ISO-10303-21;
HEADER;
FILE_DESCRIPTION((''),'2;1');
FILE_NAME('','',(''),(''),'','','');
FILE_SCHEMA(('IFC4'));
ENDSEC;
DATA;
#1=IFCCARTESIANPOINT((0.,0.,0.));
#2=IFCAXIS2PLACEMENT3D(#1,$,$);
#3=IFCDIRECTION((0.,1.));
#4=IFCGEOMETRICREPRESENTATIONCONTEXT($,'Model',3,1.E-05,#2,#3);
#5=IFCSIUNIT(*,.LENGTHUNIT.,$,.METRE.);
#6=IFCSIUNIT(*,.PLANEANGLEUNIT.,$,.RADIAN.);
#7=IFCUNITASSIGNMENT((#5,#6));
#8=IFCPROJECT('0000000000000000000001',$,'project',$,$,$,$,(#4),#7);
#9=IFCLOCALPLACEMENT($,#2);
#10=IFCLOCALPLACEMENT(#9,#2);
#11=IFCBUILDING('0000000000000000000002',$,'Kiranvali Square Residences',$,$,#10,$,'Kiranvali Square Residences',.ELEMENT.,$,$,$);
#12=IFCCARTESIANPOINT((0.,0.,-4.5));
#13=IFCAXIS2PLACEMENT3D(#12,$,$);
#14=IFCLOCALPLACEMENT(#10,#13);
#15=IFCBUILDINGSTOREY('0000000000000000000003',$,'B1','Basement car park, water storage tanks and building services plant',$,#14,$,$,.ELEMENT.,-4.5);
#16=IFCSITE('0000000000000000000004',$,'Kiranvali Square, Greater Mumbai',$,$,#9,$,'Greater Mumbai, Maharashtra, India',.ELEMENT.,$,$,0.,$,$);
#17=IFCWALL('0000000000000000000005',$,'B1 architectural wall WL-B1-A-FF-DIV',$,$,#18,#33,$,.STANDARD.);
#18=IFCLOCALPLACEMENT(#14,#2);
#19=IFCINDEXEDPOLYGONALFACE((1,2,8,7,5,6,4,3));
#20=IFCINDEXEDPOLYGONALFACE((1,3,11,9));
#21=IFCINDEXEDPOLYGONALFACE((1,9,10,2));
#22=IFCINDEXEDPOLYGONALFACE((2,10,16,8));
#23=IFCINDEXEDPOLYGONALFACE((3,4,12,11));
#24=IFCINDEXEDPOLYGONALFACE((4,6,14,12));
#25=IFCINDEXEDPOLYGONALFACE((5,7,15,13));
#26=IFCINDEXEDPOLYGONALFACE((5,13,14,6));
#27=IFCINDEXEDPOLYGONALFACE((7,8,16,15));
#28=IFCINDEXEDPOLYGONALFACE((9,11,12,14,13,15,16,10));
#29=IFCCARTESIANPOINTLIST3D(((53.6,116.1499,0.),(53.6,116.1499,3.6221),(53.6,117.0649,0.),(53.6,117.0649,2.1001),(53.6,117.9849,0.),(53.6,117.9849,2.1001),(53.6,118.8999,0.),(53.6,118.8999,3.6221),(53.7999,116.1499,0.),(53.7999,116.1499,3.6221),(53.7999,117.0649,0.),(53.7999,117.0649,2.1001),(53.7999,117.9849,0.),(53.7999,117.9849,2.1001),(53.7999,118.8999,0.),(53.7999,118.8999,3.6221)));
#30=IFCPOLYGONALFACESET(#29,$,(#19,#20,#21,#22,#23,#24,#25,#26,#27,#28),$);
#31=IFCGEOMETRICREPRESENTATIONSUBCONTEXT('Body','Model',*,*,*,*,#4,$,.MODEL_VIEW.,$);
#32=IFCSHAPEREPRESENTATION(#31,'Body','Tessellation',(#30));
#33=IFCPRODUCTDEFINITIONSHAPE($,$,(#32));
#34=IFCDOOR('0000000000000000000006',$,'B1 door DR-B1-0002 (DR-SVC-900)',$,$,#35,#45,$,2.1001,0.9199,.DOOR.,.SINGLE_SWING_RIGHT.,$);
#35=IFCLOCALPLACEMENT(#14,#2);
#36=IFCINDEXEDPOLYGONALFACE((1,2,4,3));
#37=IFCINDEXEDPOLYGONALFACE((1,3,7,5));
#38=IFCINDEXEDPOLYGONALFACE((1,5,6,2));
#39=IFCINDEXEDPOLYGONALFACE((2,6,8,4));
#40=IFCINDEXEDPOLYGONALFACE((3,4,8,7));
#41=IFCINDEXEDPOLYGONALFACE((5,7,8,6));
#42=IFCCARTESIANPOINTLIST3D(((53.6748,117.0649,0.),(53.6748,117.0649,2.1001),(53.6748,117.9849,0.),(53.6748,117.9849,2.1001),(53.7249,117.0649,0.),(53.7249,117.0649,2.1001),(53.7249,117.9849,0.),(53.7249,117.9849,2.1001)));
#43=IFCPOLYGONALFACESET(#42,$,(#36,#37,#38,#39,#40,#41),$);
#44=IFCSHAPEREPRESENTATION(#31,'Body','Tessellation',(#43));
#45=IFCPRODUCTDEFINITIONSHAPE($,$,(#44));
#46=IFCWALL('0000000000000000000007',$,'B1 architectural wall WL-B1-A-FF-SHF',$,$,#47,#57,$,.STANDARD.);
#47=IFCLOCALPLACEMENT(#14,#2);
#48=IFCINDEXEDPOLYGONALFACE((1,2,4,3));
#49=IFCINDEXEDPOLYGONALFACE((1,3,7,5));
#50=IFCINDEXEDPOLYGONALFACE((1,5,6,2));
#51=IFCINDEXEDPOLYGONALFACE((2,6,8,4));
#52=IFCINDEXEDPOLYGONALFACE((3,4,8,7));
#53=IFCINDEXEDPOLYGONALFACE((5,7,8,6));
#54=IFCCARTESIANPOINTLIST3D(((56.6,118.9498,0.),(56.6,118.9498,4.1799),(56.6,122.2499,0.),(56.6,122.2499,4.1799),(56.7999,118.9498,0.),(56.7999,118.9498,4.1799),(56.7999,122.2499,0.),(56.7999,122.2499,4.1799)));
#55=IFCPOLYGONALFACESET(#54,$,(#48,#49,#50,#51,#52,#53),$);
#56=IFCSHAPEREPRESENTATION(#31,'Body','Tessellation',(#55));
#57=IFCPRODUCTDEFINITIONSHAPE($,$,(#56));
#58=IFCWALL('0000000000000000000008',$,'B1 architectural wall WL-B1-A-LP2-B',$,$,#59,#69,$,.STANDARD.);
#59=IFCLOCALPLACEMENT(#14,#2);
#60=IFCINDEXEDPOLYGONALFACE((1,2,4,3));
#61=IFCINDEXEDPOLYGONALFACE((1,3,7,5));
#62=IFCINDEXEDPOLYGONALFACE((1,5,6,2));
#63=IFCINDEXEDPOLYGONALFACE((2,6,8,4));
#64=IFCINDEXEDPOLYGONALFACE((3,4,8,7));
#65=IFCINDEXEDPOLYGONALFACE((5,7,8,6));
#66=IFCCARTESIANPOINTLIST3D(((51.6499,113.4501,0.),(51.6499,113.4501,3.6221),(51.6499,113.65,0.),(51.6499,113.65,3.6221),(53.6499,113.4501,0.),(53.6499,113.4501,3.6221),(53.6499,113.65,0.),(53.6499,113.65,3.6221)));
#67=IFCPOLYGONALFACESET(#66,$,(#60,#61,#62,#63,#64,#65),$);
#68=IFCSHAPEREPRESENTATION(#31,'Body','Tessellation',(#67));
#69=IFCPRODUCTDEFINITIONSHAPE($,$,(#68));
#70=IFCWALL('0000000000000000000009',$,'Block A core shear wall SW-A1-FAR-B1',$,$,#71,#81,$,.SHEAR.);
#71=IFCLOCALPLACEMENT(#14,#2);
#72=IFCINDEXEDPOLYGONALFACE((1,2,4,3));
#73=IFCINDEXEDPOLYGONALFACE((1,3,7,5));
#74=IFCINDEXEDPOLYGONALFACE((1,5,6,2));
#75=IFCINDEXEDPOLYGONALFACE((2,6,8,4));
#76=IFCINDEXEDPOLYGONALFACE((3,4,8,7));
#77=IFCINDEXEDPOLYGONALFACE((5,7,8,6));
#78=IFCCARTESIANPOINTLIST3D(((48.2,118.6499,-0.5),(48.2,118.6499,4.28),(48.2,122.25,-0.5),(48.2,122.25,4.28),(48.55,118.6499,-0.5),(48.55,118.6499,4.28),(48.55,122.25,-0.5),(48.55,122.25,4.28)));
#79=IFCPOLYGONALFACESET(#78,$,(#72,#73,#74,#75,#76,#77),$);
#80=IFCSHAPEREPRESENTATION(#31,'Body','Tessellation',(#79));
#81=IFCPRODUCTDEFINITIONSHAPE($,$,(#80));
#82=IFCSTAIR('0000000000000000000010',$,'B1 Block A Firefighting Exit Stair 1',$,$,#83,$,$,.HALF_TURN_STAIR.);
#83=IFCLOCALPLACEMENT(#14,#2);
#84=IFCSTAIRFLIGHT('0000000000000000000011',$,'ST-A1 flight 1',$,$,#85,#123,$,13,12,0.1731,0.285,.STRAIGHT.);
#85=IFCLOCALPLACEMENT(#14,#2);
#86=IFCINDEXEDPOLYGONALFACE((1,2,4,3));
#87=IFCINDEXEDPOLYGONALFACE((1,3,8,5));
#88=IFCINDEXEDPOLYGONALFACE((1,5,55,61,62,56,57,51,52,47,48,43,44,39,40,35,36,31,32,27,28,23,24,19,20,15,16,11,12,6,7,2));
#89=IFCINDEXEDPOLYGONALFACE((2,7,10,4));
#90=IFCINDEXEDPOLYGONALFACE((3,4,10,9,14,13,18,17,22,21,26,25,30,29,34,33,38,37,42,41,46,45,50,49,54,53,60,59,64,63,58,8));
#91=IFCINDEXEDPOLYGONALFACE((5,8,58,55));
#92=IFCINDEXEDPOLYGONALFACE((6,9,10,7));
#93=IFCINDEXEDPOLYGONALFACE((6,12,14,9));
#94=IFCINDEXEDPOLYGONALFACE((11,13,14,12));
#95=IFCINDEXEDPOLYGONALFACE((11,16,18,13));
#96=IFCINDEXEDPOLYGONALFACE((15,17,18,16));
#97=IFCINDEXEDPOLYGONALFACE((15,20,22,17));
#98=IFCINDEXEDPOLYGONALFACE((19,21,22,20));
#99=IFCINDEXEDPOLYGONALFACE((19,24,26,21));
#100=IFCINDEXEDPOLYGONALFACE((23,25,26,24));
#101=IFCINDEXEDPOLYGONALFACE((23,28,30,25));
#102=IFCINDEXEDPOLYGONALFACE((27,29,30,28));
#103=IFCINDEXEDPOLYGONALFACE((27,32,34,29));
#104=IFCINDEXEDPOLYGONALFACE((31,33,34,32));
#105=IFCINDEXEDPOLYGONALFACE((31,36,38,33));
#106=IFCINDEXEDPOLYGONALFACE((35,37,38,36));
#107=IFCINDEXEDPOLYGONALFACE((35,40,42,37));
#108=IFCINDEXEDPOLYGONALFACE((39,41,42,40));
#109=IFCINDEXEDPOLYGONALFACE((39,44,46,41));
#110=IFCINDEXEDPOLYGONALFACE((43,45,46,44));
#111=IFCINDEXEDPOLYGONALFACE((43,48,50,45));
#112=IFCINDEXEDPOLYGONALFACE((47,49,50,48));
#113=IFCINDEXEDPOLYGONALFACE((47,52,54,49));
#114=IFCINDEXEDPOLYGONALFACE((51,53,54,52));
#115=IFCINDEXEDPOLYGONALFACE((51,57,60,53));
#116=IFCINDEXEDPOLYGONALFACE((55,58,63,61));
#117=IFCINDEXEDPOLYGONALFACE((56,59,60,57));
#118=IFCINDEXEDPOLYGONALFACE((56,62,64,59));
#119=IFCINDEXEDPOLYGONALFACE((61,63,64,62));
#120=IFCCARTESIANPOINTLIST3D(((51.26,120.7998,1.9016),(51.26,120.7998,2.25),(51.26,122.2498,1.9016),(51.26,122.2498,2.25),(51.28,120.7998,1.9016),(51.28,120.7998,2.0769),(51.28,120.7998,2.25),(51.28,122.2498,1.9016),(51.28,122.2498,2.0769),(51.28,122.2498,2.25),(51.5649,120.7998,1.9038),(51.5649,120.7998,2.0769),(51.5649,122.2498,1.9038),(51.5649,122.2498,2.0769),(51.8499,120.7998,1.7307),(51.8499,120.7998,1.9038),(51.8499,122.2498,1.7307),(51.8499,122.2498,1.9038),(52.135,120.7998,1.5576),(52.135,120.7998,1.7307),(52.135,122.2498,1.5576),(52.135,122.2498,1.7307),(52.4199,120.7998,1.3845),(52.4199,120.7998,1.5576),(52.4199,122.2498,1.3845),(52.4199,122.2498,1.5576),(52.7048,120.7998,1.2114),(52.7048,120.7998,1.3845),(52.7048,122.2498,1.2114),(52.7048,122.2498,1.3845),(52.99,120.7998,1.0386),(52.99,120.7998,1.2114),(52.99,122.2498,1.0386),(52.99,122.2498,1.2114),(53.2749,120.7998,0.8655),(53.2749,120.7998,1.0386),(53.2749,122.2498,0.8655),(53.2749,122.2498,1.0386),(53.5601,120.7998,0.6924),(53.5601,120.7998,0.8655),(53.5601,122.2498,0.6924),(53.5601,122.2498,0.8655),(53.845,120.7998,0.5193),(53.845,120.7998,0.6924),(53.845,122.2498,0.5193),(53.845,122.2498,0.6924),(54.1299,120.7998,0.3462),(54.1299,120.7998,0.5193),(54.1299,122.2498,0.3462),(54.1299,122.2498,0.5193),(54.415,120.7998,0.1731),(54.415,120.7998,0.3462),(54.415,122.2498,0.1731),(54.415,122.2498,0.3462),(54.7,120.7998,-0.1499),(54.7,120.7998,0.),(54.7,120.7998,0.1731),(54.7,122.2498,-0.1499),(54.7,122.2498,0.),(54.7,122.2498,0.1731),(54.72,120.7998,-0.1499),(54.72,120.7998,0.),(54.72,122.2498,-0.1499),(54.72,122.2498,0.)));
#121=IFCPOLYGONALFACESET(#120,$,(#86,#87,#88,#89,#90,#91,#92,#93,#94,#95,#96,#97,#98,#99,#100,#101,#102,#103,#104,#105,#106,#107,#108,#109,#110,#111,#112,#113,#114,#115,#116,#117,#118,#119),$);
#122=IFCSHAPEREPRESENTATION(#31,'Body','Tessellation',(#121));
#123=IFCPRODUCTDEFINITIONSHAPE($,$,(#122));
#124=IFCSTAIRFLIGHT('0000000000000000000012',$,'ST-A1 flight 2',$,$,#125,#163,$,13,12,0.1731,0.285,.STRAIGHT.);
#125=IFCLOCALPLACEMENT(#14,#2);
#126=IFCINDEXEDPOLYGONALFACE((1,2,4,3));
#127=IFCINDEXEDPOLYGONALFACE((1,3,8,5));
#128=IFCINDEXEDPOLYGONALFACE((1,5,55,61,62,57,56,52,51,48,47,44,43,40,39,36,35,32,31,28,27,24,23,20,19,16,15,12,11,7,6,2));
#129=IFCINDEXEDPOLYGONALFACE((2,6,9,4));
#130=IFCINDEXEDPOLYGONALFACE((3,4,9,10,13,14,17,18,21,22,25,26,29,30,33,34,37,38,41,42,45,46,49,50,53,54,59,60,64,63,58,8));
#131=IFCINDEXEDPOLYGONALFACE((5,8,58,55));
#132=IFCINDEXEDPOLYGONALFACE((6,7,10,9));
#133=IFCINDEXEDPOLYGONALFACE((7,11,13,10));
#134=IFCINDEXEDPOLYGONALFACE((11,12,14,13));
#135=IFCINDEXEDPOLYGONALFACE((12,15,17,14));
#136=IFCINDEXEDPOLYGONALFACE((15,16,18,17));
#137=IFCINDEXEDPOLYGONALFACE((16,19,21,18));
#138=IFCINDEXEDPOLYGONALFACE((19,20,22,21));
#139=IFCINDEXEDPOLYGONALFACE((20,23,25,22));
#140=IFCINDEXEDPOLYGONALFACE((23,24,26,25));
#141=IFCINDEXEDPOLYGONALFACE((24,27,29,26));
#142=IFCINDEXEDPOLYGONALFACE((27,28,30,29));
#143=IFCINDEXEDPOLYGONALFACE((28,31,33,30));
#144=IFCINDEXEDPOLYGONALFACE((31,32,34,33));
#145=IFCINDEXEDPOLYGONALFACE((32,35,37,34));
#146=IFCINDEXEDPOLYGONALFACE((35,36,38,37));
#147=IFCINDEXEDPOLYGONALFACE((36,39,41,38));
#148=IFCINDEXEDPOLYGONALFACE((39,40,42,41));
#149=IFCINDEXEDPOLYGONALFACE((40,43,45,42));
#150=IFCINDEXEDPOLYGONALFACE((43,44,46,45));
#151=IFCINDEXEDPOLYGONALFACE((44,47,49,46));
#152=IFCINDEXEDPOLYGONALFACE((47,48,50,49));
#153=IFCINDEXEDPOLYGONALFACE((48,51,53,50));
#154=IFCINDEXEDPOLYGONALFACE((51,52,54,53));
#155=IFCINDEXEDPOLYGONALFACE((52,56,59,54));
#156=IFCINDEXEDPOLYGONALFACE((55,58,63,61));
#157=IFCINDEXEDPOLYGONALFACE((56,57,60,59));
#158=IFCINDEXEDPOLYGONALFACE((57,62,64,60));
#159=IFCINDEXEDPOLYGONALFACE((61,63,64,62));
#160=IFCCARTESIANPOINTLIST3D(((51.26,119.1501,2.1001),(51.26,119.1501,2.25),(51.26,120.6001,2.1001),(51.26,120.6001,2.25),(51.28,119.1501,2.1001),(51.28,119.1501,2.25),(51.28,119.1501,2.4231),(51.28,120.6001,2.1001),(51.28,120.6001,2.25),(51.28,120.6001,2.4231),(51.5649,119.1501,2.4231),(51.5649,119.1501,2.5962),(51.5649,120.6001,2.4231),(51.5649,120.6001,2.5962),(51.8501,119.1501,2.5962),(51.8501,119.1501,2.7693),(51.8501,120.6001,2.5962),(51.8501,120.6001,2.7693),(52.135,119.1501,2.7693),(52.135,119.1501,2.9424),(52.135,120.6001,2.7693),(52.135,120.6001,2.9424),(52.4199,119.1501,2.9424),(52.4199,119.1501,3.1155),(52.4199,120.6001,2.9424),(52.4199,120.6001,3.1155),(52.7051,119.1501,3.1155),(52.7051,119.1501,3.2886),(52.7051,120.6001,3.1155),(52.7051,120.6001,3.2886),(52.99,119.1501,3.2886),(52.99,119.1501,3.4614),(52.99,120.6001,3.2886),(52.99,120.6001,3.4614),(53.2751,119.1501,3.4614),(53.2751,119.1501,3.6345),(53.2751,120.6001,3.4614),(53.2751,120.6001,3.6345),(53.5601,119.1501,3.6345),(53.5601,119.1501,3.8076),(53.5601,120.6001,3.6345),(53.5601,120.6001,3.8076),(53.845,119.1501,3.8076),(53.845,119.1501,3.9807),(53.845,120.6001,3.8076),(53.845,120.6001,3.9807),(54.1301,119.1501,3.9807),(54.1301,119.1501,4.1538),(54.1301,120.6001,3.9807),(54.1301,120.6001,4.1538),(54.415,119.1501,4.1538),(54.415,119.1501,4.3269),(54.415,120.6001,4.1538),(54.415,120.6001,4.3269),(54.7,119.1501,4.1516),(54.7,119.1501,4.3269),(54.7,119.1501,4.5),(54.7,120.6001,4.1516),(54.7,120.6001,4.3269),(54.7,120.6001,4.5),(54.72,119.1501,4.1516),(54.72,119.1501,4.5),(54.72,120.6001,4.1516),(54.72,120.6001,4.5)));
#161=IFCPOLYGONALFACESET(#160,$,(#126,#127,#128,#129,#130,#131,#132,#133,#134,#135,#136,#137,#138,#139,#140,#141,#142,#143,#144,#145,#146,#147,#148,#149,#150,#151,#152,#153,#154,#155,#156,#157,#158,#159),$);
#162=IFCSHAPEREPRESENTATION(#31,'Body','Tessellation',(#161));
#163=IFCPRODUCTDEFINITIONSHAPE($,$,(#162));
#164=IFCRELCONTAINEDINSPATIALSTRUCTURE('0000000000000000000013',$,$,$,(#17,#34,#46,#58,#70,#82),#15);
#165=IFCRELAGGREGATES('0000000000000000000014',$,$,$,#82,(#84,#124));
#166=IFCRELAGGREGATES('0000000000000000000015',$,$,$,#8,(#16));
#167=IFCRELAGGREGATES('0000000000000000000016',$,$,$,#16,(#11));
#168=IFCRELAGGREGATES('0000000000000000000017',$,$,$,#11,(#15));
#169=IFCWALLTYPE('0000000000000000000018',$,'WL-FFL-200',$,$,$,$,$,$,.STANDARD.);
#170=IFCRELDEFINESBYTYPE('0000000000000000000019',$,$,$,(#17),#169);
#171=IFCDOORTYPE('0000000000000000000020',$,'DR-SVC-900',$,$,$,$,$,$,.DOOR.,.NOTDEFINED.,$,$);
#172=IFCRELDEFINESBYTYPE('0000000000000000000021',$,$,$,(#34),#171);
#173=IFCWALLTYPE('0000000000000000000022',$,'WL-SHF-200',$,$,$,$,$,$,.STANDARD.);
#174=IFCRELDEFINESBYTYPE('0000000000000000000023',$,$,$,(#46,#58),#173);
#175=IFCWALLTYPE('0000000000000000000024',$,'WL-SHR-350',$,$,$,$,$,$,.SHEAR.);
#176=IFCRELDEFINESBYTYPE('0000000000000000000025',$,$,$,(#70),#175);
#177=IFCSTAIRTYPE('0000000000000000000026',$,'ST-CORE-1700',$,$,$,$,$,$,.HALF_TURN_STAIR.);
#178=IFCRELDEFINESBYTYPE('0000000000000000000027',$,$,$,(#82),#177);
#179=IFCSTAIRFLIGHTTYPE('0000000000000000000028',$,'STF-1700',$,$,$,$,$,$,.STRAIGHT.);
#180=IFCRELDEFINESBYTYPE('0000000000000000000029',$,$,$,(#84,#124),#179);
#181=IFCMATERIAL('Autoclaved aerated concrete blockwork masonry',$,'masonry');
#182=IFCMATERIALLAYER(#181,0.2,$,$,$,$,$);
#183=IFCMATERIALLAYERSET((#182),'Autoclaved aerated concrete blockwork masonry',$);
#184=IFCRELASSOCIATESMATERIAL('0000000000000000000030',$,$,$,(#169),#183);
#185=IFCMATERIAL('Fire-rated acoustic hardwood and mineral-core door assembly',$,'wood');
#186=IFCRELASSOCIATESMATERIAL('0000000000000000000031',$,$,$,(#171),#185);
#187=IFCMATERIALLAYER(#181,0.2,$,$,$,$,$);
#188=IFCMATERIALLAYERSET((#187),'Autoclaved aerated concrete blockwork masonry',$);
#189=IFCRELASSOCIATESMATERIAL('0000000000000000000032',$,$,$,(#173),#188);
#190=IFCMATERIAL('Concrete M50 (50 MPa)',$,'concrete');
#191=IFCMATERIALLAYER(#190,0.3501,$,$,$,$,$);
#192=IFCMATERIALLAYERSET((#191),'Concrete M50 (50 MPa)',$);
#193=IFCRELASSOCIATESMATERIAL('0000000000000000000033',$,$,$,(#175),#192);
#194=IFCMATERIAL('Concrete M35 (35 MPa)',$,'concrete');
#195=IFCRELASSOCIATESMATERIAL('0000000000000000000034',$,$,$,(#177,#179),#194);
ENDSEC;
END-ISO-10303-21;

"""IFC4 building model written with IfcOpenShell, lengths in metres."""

from ifc_helpers import new_model, si_unit, direction, frame, frame_2d, origin, place, context, subcontext, project, spatial, polyline, rectangle, outline, extrude, material, layer, layer_set, type_object, element, fill, aggregate, save


model = new_model("IFC4")

# Units and contexts
model_context = context("Model", 3, precision=1e-05, world=origin(), true_north=direction((0.0, 1.0)))
body_context = subcontext(model_context, "Body", "Model", "MODEL_VIEW")
ifc_project = project(units=[si_unit("LENGTHUNIT", "METRE"), si_unit("PLANEANGLEUNIT", "RADIAN")], contexts=[model_context])

# Site, building, storey
site_placement = place(None, origin())
site = spatial("IfcSite", under=ifc_project, at=site_placement, Name="Kiranvali Square, Greater Mumbai", LongName="Greater Mumbai, Maharashtra, India", CompositionType="ELEMENT", RefElevation=0.0)
building_placement = place(site_placement, origin())
building = spatial("IfcBuilding", under=site, at=building_placement, Name="Kiranvali Square Residences", LongName="Kiranvali Square Residences", CompositionType="ELEMENT")
storey_placement = place(building_placement, frame((0.0, 0.0, -4.5)))
storey = spatial("IfcBuildingStorey", under=building, at=storey_placement, Name="B1", Description="Basement car park, water storage tanks and building services plant", CompositionType="ELEMENT", Elevation=-4.5)

# Wall, opening, door
ifc_material_1 = material(Name="Autoclaved aerated concrete blockwork masonry", Category="masonry")
ifc_material_2 = material(Name="Fire-rated acoustic hardwood and mineral-core door assembly", Category="wood")
ifc_layer_1 = layer(ifc_material_1, 0.2)
ifc_layer_set_1 = layer_set([ifc_layer_1], Name="Autoclaved aerated concrete blockwork masonry")
wall_type_1 = type_object("IfcWallType", Name="WL-FFL-200", PredefinedType="STANDARD", material=ifc_layer_set_1)
wall_1_placement = place(storey_placement, frame((53.7, 116.1499, 0.0), z_axis=(0.0, 0.0, 1.0), x_axis=(0.0, 1.0, 0.0)))
wall_1 = element("IfcWall", 1, at=wall_1_placement, inside=storey, type_object=wall_type_1, Name="B1 architectural wall WL-B1-A-FF-DIV", PredefinedType="STANDARD", context=body_context, shape_type="SweptSolid", body=[
    extrude(rectangle(XDim=2.75, YDim=0.2, at=frame_2d((1.375, 0.0))), origin(), (0.0, 0.0, 1.0), 3.6221),
])
opening_1_placement = place(wall_1_placement, frame((0.915, 0.0, 0.0)))
opening_1 = element("IfcOpeningElement", 2, at=opening_1_placement, cuts=wall_1, PredefinedType="OPENING", context=body_context, shape_type="SweptSolid", body=[
    extrude(rectangle(XDim=0.9199, YDim=2.1001, at=frame_2d((0.46, 1.05))), frame((0.0, 0.1099, 0.0), z_axis=(0.0, -1.0, 0.0), x_axis=(1.0, 0.0, 0.0)), (0.0, 0.0, 1.0), 0.22),
])
door_type_1 = type_object("IfcDoorType", Name="DR-SVC-900", OperationType="NOTDEFINED", PredefinedType="DOOR", material=ifc_material_2)
door_1_placement = place(opening_1_placement, frame((0.9199, 0.0, 0.0), z_axis=(0.0, 0.0, 1.0), x_axis=(-1.0, 0.0, 0.0)))
door_1 = element("IfcDoor", 3, at=door_1_placement, inside=storey, type_object=door_type_1, Name="B1 door DR-B1-0002 (DR-SVC-900)", OperationType="SINGLE_SWING_RIGHT", OverallHeight=2.1001, OverallWidth=0.9199, PredefinedType="DOOR", context=body_context, shape_type="SweptSolid", body=[
    extrude(rectangle(XDim=0.9199, YDim=2.1001, at=frame_2d((0.46, 1.05))), frame((0.0, 0.0249, 0.0), z_axis=(0.0, -1.0, 0.0), x_axis=(1.0, 0.0, 0.0)), (0.0, 0.0, 1.0), 0.05),
])
fill(opening_1, door_1)

# Walls
ifc_layer_2 = layer(ifc_material_1, 0.2)
ifc_layer_set_2 = layer_set([ifc_layer_2], Name="Autoclaved aerated concrete blockwork masonry")
wall_type_2 = type_object("IfcWallType", Name="WL-SHF-200", PredefinedType="STANDARD", material=ifc_layer_set_2)
wall_2_placement = place(storey_placement, frame((56.7, 118.95, 0.0), z_axis=(0.0, 0.0, 1.0), x_axis=(0.0, 1.0, 0.0)))
element("IfcWall", 4, at=wall_2_placement, inside=storey, type_object=wall_type_2, Name="B1 architectural wall WL-B1-A-FF-SHF", PredefinedType="STANDARD", context=body_context, shape_type="SweptSolid", body=[
    extrude(rectangle(XDim=3.3, YDim=0.2, at=frame_2d((1.6499, 0.0))), origin(), (0.0, 0.0, 1.0), 4.1799),
])
wall_3_placement = place(storey_placement, frame((51.6499, 113.55, 0.0), z_axis=(0.0, 0.0, 1.0), x_axis=(1.0, 0.0, 0.0)))
element("IfcWall", 5, at=wall_3_placement, inside=storey, type_object=wall_type_2, Name="B1 architectural wall WL-B1-A-LP2-B", PredefinedType="STANDARD", context=body_context, shape_type="SweptSolid", body=[
    extrude(rectangle(XDim=2.0, YDim=0.2, at=frame_2d((1.0, 0.0))), origin(), (0.0, 0.0, 1.0), 3.6221),
])

# Shared definitions
ifc_material_3 = material(Name="Concrete M50 (50 MPa)", Category="concrete")
ifc_layer_3 = layer(ifc_material_3, 0.3501)
ifc_layer_set_3 = layer_set([ifc_layer_3], Name="Concrete M50 (50 MPa)")
wall_type_3 = type_object("IfcWallType", Name="WL-SHR-350", PredefinedType="SHEAR", material=ifc_layer_set_3)

# Wall
wall_4_placement = place(storey_placement, frame((48.375, 118.6499, -0.5), z_axis=(0.0, 0.0, 1.0), x_axis=(0.0, 1.0, 0.0)))
element("IfcWall", 6, at=wall_4_placement, inside=storey, type_object=wall_type_3, Name="Block A core shear wall SW-A1-FAR-B1", PredefinedType="SHEAR", context=body_context, shape_type="SweptSolid", body=[
    extrude(rectangle(XDim=3.6001, YDim=0.3501, at=frame_2d((1.8, 0.0))), origin(), (0.0, 0.0, 1.0), 4.78),
])

# Stair, stair flights
ifc_material_4 = material(Name="Concrete M35 (35 MPa)", Category="concrete")
stair_type = type_object("IfcStairType", Name="ST-CORE-1700", PredefinedType="HALF_TURN_STAIR", material=ifc_material_4)
stair_placement = place(storey_placement, origin())
stair = element("IfcStair", 7, at=stair_placement, inside=storey, type_object=stair_type, Name="B1 Block A Firefighting Exit Stair 1", PredefinedType="HALF_TURN_STAIR")
stair_flight_type = type_object("IfcStairFlightType", Name="STF-1700", PredefinedType="STRAIGHT", material=ifc_material_4)
stair_flight_1_placement = place(storey_placement, frame((54.7, 121.5249, 0.0), z_axis=(0.0, 0.0, 1.0), x_axis=(-1.0, 0.0, 0.0)))
stair_flight_1 = element("IfcStairFlight", 8, at=stair_flight_1_placement, type_object=stair_flight_type, Name="ST-A1 flight 1", NumberOfRisers=13, NumberOfTreads=12, PredefinedType="STRAIGHT", RiserHeight=0.1731, TreadLength=0.285, context=body_context, shape_type="SweptSolid", body=[
    extrude(outline(polyline([(-0.02, -0.1499), (-0.02, 0.0), (0.0, 0.0), (0.0, 0.1731), (0.2849, 0.1731), (0.2849, 0.3462), (0.5701, 0.3462), (0.5701, 0.5193), (0.855, 0.5193), (0.855, 0.6924), (1.1399, 0.6924), (1.1399, 0.8655), (1.425, 0.8655), (1.425, 1.0386), (1.71, 1.0386), (1.71, 1.2114), (1.9951, 1.2114), (1.9951, 1.3845), (2.28, 1.3845), (2.28, 1.5576), (2.5649, 1.5576), (2.5649, 1.7307), (2.8501, 1.7307), (2.8501, 1.9038), (3.135, 1.9038), (3.135, 2.0769), (3.4199, 2.0769), (3.4199, 2.25), (3.4399, 2.25), (3.4399, 1.9016), (3.4199, 1.9016), (0.0, -0.1499), (-0.02, -0.1499)])), frame((0.0, 0.7251, 0.0), z_axis=(0.0, -1.0, 0.0), x_axis=(1.0, 0.0, 0.0)), (0.0, 0.0, 1.0), 1.45),
])
stair_flight_2_placement = place(storey_placement, frame((51.28, 119.875, 2.25), z_axis=(0.0, 0.0, 1.0), x_axis=(1.0, 0.0, 0.0)))
stair_flight_2 = element("IfcStairFlight", 9, at=stair_flight_2_placement, type_object=stair_flight_type, Name="ST-A1 flight 2", NumberOfRisers=13, NumberOfTreads=12, PredefinedType="STRAIGHT", RiserHeight=0.1731, TreadLength=0.285, context=body_context, shape_type="SweptSolid", body=[
    extrude(outline(polyline([(-0.02, -0.1499), (-0.02, 0.0), (0.0, 0.0), (0.0, 0.1731), (0.2849, 0.1731), (0.2849, 0.3462), (0.5701, 0.3462), (0.5701, 0.5193), (0.855, 0.5193), (0.855, 0.6924), (1.1399, 0.6924), (1.1399, 0.8655), (1.425, 0.8655), (1.425, 1.0386), (1.71, 1.0386), (1.71, 1.2114), (1.9951, 1.2114), (1.9951, 1.3845), (2.28, 1.3845), (2.28, 1.5576), (2.5649, 1.5576), (2.5649, 1.7307), (2.8501, 1.7307), (2.8501, 1.9038), (3.135, 1.9038), (3.135, 2.0769), (3.4199, 2.0769), (3.4199, 2.25), (3.4399, 2.25), (3.4399, 1.9016), (3.4199, 1.9016), (0.0, -0.1499), (-0.02, -0.1499)])), frame((0.0, 0.7251, 0.0), z_axis=(0.0, -1.0, 0.0), x_axis=(1.0, 0.0, 0.0)), (0.0, 0.0, 1.0), 1.45),
])
aggregate(stair, [stair_flight_1, stair_flight_2])

save(model, "model.ifc")
